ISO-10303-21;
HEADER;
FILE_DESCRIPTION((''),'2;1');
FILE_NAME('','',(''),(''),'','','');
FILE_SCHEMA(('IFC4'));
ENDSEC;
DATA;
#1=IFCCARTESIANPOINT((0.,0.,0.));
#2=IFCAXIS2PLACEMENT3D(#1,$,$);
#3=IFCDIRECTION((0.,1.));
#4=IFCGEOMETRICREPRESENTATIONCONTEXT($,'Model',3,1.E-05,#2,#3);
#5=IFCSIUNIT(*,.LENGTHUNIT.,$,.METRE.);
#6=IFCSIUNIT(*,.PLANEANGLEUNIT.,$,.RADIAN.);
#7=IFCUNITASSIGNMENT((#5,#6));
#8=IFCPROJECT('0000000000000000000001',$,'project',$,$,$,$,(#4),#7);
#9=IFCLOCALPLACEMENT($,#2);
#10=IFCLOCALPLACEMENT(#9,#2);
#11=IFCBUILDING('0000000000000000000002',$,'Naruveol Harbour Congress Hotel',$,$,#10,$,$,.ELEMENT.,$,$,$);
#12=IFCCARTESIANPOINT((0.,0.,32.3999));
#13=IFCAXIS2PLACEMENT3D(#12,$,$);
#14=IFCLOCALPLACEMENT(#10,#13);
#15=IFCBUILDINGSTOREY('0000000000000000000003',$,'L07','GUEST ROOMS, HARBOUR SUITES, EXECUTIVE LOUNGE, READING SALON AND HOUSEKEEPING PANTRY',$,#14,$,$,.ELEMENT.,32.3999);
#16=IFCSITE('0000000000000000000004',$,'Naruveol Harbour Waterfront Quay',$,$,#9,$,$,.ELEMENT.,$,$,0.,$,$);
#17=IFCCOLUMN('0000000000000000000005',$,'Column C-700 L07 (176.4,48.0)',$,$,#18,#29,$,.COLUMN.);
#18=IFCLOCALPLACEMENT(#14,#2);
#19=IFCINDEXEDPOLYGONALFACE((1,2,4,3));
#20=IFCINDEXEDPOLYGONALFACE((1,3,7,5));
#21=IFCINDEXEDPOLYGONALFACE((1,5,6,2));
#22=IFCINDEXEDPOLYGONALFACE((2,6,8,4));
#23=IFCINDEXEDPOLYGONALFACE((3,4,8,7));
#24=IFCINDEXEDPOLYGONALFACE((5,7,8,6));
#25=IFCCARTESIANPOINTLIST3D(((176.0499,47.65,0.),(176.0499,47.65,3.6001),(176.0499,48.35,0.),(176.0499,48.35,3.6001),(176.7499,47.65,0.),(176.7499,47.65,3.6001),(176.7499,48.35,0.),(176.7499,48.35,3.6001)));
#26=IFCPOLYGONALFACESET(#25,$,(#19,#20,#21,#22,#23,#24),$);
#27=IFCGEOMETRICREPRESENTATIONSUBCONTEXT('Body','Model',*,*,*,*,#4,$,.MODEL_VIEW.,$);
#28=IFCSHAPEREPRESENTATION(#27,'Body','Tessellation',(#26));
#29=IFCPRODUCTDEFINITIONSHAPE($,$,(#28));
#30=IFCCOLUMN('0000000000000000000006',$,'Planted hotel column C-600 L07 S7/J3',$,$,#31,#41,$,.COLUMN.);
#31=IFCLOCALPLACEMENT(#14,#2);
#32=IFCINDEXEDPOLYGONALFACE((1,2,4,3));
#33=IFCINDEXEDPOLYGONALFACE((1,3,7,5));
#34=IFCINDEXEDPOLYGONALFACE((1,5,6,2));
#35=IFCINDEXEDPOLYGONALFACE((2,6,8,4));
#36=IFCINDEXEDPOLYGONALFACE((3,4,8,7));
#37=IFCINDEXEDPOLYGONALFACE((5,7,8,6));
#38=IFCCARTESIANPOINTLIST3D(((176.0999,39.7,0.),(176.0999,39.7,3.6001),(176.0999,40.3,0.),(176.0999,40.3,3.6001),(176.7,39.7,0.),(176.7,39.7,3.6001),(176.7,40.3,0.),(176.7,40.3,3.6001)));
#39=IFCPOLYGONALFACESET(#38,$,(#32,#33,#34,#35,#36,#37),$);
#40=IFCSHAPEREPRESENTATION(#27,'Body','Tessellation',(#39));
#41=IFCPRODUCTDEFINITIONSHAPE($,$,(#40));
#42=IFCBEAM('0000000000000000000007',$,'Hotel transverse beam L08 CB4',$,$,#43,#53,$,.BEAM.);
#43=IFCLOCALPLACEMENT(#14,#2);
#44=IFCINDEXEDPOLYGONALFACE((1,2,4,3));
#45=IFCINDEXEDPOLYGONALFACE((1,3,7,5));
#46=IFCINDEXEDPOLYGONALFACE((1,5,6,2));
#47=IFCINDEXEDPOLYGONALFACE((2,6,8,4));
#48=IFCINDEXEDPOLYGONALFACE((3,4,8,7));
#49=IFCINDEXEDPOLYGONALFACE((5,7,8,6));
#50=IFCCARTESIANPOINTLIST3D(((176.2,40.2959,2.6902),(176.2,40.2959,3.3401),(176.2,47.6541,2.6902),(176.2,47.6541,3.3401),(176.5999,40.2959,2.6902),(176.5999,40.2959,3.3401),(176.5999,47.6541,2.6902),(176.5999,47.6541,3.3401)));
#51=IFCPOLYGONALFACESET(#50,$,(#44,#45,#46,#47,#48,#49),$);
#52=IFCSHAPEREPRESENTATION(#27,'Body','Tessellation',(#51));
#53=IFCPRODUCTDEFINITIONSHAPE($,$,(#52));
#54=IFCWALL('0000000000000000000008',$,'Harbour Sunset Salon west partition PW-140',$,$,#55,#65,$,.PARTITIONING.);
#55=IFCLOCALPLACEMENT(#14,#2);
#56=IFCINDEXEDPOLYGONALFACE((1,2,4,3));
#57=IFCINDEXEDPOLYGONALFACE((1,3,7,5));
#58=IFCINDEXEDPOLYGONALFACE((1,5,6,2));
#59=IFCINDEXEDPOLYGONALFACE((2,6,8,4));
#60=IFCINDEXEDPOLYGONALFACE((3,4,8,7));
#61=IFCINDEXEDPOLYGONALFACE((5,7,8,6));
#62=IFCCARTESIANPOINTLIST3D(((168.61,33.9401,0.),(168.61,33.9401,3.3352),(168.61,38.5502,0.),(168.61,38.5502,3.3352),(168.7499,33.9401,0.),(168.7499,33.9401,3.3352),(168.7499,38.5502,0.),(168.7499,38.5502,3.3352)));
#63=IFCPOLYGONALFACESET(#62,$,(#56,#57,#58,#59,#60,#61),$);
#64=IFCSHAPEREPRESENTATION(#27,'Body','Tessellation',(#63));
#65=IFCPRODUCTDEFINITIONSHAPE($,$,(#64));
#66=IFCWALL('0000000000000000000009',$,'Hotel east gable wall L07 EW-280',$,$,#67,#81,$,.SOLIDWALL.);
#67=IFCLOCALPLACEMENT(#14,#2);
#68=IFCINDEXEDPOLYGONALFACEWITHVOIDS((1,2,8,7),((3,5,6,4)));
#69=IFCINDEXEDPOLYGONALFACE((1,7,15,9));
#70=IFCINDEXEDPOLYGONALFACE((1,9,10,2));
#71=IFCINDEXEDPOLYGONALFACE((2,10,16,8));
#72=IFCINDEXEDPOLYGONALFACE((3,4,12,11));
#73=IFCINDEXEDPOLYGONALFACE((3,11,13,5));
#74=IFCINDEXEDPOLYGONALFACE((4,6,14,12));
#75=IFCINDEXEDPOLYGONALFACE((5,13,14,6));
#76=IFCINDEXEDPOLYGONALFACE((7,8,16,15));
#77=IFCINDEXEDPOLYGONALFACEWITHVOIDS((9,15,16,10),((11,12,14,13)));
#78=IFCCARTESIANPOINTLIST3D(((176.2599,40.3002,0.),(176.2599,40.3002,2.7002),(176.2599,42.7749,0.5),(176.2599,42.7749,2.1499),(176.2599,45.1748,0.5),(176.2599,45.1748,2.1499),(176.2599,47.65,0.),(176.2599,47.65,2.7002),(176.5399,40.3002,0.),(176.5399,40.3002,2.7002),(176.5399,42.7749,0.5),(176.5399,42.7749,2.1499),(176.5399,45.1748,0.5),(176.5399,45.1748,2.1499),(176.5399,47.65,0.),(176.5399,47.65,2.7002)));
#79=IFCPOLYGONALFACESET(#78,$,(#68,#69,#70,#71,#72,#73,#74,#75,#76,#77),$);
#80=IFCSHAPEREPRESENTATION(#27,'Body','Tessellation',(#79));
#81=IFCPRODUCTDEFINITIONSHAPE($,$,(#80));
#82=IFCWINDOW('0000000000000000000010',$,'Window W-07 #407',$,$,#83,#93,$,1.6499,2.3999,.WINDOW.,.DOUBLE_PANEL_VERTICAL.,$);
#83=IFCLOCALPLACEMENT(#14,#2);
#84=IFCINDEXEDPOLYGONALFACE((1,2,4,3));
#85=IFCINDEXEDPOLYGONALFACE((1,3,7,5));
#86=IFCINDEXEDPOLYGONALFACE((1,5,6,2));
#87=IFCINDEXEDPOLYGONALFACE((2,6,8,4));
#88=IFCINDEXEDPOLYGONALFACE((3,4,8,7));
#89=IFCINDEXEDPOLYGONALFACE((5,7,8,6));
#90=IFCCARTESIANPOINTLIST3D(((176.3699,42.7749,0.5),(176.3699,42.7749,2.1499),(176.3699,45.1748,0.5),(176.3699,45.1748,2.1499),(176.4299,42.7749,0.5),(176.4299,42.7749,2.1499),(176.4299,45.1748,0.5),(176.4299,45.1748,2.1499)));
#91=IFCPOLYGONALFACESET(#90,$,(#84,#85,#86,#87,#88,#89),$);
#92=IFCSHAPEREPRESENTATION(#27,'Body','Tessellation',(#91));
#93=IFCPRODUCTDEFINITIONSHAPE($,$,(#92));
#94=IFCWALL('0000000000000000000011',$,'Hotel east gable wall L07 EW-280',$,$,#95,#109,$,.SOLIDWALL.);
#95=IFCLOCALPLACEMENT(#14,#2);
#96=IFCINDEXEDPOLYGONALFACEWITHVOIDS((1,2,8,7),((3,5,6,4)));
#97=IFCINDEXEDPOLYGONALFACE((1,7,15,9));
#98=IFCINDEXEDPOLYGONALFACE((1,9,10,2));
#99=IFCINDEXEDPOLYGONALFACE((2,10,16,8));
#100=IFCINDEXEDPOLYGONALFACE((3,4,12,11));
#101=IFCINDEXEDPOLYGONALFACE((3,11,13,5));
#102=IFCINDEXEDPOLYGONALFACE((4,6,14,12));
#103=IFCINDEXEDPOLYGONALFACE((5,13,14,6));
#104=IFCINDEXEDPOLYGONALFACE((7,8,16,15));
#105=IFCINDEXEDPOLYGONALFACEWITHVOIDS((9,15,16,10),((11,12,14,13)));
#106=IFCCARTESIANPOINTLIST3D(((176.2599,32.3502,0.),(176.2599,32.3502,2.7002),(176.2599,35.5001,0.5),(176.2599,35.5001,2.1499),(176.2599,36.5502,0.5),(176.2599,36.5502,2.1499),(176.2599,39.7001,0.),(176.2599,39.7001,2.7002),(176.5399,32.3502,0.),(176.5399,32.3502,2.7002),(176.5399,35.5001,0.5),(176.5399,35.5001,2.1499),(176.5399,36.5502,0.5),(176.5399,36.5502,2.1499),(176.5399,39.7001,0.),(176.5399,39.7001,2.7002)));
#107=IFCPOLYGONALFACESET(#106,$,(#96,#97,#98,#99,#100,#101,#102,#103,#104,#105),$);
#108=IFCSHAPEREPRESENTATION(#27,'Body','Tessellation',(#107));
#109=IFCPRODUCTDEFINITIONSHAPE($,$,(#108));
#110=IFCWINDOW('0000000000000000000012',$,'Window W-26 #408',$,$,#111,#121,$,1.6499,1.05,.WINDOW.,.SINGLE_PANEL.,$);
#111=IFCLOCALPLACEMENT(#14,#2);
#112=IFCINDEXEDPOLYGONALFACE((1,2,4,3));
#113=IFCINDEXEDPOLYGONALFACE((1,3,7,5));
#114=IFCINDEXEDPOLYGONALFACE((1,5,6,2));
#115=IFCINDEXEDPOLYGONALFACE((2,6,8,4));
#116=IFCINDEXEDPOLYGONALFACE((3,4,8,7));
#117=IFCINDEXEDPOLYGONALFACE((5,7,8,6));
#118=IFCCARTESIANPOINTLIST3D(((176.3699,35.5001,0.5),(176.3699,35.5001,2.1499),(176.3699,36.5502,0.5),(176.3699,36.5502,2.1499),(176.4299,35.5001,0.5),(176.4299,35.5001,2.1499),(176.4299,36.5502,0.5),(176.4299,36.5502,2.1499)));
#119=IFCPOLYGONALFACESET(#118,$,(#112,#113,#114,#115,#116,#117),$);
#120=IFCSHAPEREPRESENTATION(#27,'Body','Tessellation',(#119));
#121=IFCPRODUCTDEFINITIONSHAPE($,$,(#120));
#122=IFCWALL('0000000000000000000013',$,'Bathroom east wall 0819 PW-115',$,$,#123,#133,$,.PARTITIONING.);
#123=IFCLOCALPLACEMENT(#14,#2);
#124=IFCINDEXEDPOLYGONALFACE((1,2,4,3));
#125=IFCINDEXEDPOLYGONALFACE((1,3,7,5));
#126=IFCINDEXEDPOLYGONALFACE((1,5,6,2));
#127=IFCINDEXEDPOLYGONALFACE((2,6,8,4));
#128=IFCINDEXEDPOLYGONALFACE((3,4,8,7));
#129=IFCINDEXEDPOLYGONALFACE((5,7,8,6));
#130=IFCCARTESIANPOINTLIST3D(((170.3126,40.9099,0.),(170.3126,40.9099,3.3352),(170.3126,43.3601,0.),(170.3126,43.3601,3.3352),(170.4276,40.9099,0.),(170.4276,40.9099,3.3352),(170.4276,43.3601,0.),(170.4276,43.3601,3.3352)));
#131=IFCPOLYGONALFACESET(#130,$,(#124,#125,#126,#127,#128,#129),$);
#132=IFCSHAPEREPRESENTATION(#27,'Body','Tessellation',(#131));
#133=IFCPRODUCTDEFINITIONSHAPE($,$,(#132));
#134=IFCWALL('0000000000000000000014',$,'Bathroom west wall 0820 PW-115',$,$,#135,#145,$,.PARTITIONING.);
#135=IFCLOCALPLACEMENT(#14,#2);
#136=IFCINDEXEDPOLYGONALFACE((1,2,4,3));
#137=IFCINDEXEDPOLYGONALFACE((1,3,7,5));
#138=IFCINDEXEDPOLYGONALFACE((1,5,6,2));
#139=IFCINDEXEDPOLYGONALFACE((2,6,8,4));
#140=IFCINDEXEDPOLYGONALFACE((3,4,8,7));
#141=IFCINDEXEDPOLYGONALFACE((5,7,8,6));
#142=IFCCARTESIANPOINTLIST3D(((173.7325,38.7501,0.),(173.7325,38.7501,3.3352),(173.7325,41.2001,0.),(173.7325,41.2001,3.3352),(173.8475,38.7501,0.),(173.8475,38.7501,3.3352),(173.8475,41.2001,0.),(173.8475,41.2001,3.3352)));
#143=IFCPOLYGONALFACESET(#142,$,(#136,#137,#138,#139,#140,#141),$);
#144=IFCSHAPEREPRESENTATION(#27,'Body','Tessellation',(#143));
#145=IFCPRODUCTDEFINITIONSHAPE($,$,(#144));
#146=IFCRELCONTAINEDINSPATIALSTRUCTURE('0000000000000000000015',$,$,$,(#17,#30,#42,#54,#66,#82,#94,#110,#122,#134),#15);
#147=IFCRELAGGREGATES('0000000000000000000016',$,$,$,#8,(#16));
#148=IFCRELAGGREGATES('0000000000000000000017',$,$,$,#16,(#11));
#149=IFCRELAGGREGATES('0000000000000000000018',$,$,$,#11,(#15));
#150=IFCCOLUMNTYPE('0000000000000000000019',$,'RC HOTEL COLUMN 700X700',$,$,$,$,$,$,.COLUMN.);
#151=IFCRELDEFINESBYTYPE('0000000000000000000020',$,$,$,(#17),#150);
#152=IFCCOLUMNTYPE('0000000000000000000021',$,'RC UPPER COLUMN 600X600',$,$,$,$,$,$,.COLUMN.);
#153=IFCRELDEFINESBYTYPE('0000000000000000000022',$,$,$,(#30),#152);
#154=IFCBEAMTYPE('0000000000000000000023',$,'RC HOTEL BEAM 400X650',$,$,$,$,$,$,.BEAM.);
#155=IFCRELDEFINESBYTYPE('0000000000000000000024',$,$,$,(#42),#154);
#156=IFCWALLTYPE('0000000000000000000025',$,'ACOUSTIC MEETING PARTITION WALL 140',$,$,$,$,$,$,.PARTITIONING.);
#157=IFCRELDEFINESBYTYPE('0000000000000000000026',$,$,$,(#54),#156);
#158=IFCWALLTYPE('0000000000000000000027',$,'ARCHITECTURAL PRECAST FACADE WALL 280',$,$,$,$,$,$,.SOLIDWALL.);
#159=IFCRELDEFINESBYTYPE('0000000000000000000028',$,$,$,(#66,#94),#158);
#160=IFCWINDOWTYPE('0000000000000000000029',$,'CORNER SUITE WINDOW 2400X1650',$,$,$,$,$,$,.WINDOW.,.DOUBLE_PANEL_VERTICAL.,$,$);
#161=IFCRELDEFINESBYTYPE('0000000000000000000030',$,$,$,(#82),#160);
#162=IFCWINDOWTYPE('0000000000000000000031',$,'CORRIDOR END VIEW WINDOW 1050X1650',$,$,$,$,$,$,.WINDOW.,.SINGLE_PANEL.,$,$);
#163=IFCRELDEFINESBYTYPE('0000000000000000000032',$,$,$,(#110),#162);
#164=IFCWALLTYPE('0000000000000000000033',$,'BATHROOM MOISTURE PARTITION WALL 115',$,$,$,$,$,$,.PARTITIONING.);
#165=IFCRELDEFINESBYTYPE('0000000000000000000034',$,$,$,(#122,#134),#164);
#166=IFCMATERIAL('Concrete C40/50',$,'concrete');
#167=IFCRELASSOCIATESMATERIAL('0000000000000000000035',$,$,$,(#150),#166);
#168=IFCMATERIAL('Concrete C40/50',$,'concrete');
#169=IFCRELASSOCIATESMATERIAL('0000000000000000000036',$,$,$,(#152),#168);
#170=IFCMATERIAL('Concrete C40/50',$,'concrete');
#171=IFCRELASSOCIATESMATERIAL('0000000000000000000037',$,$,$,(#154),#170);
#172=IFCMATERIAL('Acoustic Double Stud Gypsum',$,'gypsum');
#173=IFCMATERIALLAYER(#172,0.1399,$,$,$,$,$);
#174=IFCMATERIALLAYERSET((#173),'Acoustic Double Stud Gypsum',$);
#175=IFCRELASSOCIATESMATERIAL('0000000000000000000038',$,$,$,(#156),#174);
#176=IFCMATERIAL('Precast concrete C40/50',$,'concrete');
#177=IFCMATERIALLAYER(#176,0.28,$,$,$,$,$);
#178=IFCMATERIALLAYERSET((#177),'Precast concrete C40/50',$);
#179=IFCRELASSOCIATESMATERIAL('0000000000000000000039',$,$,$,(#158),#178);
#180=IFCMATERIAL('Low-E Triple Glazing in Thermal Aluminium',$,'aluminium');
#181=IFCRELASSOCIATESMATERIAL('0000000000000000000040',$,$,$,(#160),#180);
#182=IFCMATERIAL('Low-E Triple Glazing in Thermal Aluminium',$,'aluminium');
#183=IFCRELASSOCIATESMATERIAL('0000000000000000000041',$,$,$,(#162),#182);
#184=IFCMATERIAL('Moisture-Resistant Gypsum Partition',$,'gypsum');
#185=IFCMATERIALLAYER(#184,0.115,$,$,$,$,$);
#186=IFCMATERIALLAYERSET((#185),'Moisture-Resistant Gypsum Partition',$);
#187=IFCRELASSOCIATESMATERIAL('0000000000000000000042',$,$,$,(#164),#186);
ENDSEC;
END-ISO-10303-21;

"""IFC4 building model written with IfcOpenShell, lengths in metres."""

from ifc_helpers import new_model, si_unit, direction, frame, frame_2d, origin, origin_2d, place, context, subcontext, project, spatial, rectangle, extrude, material, layer, layer_set, material_profile, profile_set, type_object, element, fill, save


model = new_model("IFC4")

# Units and contexts
model_context = context("Model", 3, precision=1e-05, world=origin(), true_north=direction((0.0, 1.0)))
body_context = subcontext(model_context, "Body", "Model", "MODEL_VIEW")
ifc_project = project(units=[si_unit("LENGTHUNIT", "METRE"), si_unit("PLANEANGLEUNIT", "RADIAN")], contexts=[model_context])

# Site, building, storey
site_placement = place(None, origin())
site = spatial("IfcSite", under=ifc_project, at=site_placement, Name="Naruveol Harbour Waterfront Quay", CompositionType="ELEMENT", RefElevation=0.0)
building_placement = place(site_placement, origin())
building = spatial("IfcBuilding", under=site, at=building_placement, Name="Naruveol Harbour Congress Hotel", CompositionType="ELEMENT")
storey_placement = place(building_placement, frame((0.0, 0.0, 32.3999)))
storey = spatial("IfcBuildingStorey", under=building, at=storey_placement, Name="L07", Description="GUEST ROOMS, HARBOUR SUITES, EXECUTIVE LOUNGE, READING SALON AND HOUSEKEEPING PANTRY", CompositionType="ELEMENT", Elevation=32.3999)

# Columns
ifc_material_1 = material(Name="Concrete C40/50", Category="concrete")
ifc_material_profile_1 = material_profile(ifc_material_1, rectangle(XDim=0.7, YDim=0.7, at=origin_2d()), Name="RC-700x700")
ifc_profile_set_1 = profile_set([ifc_material_profile_1], Name="Concrete C40/50")
column_type_1 = type_object("IfcColumnType", Name="RC HOTEL COLUMN 700X700", PredefinedType="COLUMN", material=ifc_profile_set_1)
column_1_placement = place(storey_placement, frame((176.3999, 48.0, 0.0), z_axis=(0.0, 0.0, 1.0), x_axis=(1.0, 0.0, 0.0)))
element("IfcColumn", 1, at=column_1_placement, inside=storey, type_object=column_type_1, Name="Column C-700 L07 (176.4,48.0)", PredefinedType="COLUMN", context=body_context, shape_type="SweptSolid", body=[
    extrude(rectangle(XDim=0.7, YDim=0.7, at=origin_2d()), origin(), (0.0, 0.0, 1.0), 3.6001),
])
ifc_material_2 = material(Name="Concrete C40/50", Category="concrete")
ifc_material_profile_2 = material_profile(ifc_material_2, rectangle(XDim=0.6001, YDim=0.6001, at=origin_2d()), Name="RC-600x600")
ifc_profile_set_2 = profile_set([ifc_material_profile_2], Name="Concrete C40/50")
column_type_2 = type_object("IfcColumnType", Name="RC UPPER COLUMN 600X600", PredefinedType="COLUMN", material=ifc_profile_set_2)
column_2_placement = place(storey_placement, frame((176.3999, 40.0, 0.0), z_axis=(0.0, 0.0, 1.0), x_axis=(1.0, 0.0, 0.0)))
element("IfcColumn", 2, at=column_2_placement, inside=storey, type_object=column_type_2, Name="Planted hotel column C-600 L07 S7/J3", PredefinedType="COLUMN", context=body_context, shape_type="SweptSolid", body=[
    extrude(rectangle(XDim=0.6001, YDim=0.6001, at=origin_2d()), origin(), (0.0, 0.0, 1.0), 3.6001),
])

# Beam
ifc_material_3 = material(Name="Concrete C40/50", Category="concrete")
ifc_material_profile_3 = material_profile(ifc_material_3, rectangle(XDim=0.3999, YDim=0.6499, at=origin_2d()), Name="RCB-400x650")
ifc_profile_set_3 = profile_set([ifc_material_profile_3], Name="Concrete C40/50")
beam_type = type_object("IfcBeamType", Name="RC HOTEL BEAM 400X650", PredefinedType="BEAM", material=ifc_profile_set_3)
beam_placement = place(storey_placement, frame((176.3999, 40.2959, 3.0151), z_axis=(0.0, 1.0, 0.0), x_axis=(-1.0, 0.0, 0.0)))
element("IfcBeam", 3, at=beam_placement, inside=storey, type_object=beam_type, Name="Hotel transverse beam L08 CB4", PredefinedType="BEAM", context=body_context, shape_type="SweptSolid", body=[
    extrude(rectangle(XDim=0.3999, YDim=0.6499, at=origin_2d()), origin(), (0.0, 0.0, 1.0), 7.3582),
])

# Shared definitions
ifc_material_4 = material(Name="Acoustic Double Stud Gypsum", Category="gypsum")
ifc_layer_1 = layer(ifc_material_4, 0.1399)
ifc_layer_set_1 = layer_set([ifc_layer_1], Name="Acoustic Double Stud Gypsum")
wall_type_1 = type_object("IfcWallType", Name="ACOUSTIC MEETING PARTITION WALL 140", PredefinedType="PARTITIONING", material=ifc_layer_set_1)

# Wall
wall_1_placement = place(storey_placement, frame((168.6799, 33.9399, 0.0), z_axis=(0.0, 0.0, 1.0), x_axis=(0.0, 1.0, 0.0)))
element("IfcWall", 4, at=wall_1_placement, inside=storey, type_object=wall_type_1, Name="Harbour Sunset Salon west partition PW-140", PredefinedType="PARTITIONING", context=body_context, shape_type="SweptSolid", body=[
    extrude(rectangle(XDim=4.6101, YDim=0.1399, at=frame_2d((2.3052, 0.0))), origin(), (0.0, 0.0, 1.0), 3.3352),
])

# Walls, openings, windows
ifc_material_5 = material(Name="Precast concrete C40/50", Category="concrete")
ifc_layer_2 = layer(ifc_material_5, 0.28)
ifc_layer_set_2 = layer_set([ifc_layer_2], Name="Precast concrete C40/50")
wall_type_2 = type_object("IfcWallType", Name="ARCHITECTURAL PRECAST FACADE WALL 280", PredefinedType="SOLIDWALL", material=ifc_layer_set_2)
wall_2_placement = place(storey_placement, frame((176.3999, 47.6499, 0.0), z_axis=(0.0, 0.0, 1.0), x_axis=(0.0, -1.0, 0.0)))
wall_2 = element("IfcWall", 5, at=wall_2_placement, inside=storey, type_object=wall_type_2, Name="Hotel east gable wall L07 EW-280", PredefinedType="SOLIDWALL", context=body_context, shape_type="SweptSolid", body=[
    extrude(rectangle(XDim=7.3499, YDim=0.28, at=frame_2d((3.6748, 0.0))), origin(), (0.0, 0.0, 1.0), 2.7002),
])
opening_1_placement = place(wall_2_placement, frame((2.4751, 0.0, 0.5)))
opening_1 = element("IfcOpeningElement", 6, at=opening_1_placement, cuts=wall_2, PredefinedType="OPENING", context=body_context, shape_type="SweptSolid", body=[
    extrude(rectangle(XDim=2.3999, YDim=1.6499, at=frame_2d((1.2, 0.825))), frame((0.0, 0.1499, 0.0), z_axis=(0.0, -1.0, 0.0), x_axis=(1.0, 0.0, 0.0)), (0.0, 0.0, 1.0), 0.3),
])
ifc_material_6 = material(Name="Low-E Triple Glazing in Thermal Aluminium", Category="aluminium")
window_type_1 = type_object("IfcWindowType", Name="CORNER SUITE WINDOW 2400X1650", PartitioningType="DOUBLE_PANEL_VERTICAL", PredefinedType="WINDOW", material=ifc_material_6)
window_1_placement = place(opening_1_placement, origin())
window_1 = element("IfcWindow", 7, at=window_1_placement, inside=storey, type_object=window_type_1, Name="Window W-07 #407", OverallHeight=1.6499, OverallWidth=2.3999, PartitioningType="DOUBLE_PANEL_VERTICAL", PredefinedType="WINDOW", context=body_context, shape_type="SweptSolid", body=[
    extrude(rectangle(XDim=2.3999, YDim=1.6499, at=frame_2d((1.2, 0.825))), frame((0.0, 0.03, 0.0), z_axis=(0.0, -1.0, 0.0), x_axis=(1.0, 0.0, 0.0)), (0.0, 0.0, 1.0), 0.0601),
])
fill(opening_1, window_1)
wall_3_placement = place(storey_placement, frame((176.3999, 39.7, 0.0), z_axis=(0.0, 0.0, 1.0), x_axis=(0.0, -1.0, 0.0)))
wall_3 = element("IfcWall", 8, at=wall_3_placement, inside=storey, type_object=wall_type_2, Name="Hotel east gable wall L07 EW-280", PredefinedType="SOLIDWALL", context=body_context, shape_type="SweptSolid", body=[
    extrude(rectangle(XDim=7.3499, YDim=0.28, at=frame_2d((3.6748, 0.0))), origin(), (0.0, 0.0, 1.0), 2.7002),
])
opening_2_placement = place(wall_3_placement, frame((3.1499, 0.0, 0.5)))
opening_2 = element("IfcOpeningElement", 9, at=opening_2_placement, cuts=wall_3, PredefinedType="OPENING", context=body_context, shape_type="SweptSolid", body=[
    extrude(rectangle(XDim=1.05, YDim=1.6499, at=frame_2d((0.5249, 0.825))), frame((0.0, 0.1499, 0.0), z_axis=(0.0, -1.0, 0.0), x_axis=(1.0, 0.0, 0.0)), (0.0, 0.0, 1.0), 0.3),
])
ifc_material_7 = material(Name="Low-E Triple Glazing in Thermal Aluminium", Category="aluminium")
window_type_2 = type_object("IfcWindowType", Name="CORRIDOR END VIEW WINDOW 1050X1650", PartitioningType="SINGLE_PANEL", PredefinedType="WINDOW", material=ifc_material_7)
window_2_placement = place(opening_2_placement, origin())
window_2 = element("IfcWindow", 10, at=window_2_placement, inside=storey, type_object=window_type_2, Name="Window W-26 #408", OverallHeight=1.6499, OverallWidth=1.05, PartitioningType="SINGLE_PANEL", PredefinedType="WINDOW", context=body_context, shape_type="SweptSolid", body=[
    extrude(rectangle(XDim=1.05, YDim=1.6499, at=frame_2d((0.5249, 0.825))), frame((0.0, 0.03, 0.0), z_axis=(0.0, -1.0, 0.0), x_axis=(1.0, 0.0, 0.0)), (0.0, 0.0, 1.0), 0.0601),
])
fill(opening_2, window_2)

# Walls
ifc_material_8 = material(Name="Moisture-Resistant Gypsum Partition", Category="gypsum")
ifc_layer_3 = layer(ifc_material_8, 0.115)
ifc_layer_set_3 = layer_set([ifc_layer_3], Name="Moisture-Resistant Gypsum Partition")
wall_type_3 = type_object("IfcWallType", Name="BATHROOM MOISTURE PARTITION WALL 115", PredefinedType="PARTITIONING", material=ifc_layer_set_3)
wall_4_placement = place(storey_placement, frame((170.3701, 40.9099, 0.0), z_axis=(0.0, 0.0, 1.0), x_axis=(0.0, 1.0, 0.0)))
element("IfcWall", 11, at=wall_4_placement, inside=storey, type_object=wall_type_3, Name="Bathroom east wall 0819 PW-115", PredefinedType="PARTITIONING", context=body_context, shape_type="SweptSolid", body=[
    extrude(rectangle(XDim=2.4502, YDim=0.115, at=frame_2d((1.2251, 0.0))), origin(), (0.0, 0.0, 1.0), 3.3352),
])
wall_5_placement = place(storey_placement, frame((173.79, 38.75, 0.0), z_axis=(0.0, 0.0, 1.0), x_axis=(0.0, 1.0, 0.0)))
element("IfcWall", 12, at=wall_5_placement, inside=storey, type_object=wall_type_3, Name="Bathroom west wall 0820 PW-115", PredefinedType="PARTITIONING", context=body_context, shape_type="SweptSolid", body=[
    extrude(rectangle(XDim=2.45, YDim=0.115, at=frame_2d((1.2251, 0.0))), origin(), (0.0, 0.0, 1.0), 3.3352),
])

save(model, "model.ifc")
